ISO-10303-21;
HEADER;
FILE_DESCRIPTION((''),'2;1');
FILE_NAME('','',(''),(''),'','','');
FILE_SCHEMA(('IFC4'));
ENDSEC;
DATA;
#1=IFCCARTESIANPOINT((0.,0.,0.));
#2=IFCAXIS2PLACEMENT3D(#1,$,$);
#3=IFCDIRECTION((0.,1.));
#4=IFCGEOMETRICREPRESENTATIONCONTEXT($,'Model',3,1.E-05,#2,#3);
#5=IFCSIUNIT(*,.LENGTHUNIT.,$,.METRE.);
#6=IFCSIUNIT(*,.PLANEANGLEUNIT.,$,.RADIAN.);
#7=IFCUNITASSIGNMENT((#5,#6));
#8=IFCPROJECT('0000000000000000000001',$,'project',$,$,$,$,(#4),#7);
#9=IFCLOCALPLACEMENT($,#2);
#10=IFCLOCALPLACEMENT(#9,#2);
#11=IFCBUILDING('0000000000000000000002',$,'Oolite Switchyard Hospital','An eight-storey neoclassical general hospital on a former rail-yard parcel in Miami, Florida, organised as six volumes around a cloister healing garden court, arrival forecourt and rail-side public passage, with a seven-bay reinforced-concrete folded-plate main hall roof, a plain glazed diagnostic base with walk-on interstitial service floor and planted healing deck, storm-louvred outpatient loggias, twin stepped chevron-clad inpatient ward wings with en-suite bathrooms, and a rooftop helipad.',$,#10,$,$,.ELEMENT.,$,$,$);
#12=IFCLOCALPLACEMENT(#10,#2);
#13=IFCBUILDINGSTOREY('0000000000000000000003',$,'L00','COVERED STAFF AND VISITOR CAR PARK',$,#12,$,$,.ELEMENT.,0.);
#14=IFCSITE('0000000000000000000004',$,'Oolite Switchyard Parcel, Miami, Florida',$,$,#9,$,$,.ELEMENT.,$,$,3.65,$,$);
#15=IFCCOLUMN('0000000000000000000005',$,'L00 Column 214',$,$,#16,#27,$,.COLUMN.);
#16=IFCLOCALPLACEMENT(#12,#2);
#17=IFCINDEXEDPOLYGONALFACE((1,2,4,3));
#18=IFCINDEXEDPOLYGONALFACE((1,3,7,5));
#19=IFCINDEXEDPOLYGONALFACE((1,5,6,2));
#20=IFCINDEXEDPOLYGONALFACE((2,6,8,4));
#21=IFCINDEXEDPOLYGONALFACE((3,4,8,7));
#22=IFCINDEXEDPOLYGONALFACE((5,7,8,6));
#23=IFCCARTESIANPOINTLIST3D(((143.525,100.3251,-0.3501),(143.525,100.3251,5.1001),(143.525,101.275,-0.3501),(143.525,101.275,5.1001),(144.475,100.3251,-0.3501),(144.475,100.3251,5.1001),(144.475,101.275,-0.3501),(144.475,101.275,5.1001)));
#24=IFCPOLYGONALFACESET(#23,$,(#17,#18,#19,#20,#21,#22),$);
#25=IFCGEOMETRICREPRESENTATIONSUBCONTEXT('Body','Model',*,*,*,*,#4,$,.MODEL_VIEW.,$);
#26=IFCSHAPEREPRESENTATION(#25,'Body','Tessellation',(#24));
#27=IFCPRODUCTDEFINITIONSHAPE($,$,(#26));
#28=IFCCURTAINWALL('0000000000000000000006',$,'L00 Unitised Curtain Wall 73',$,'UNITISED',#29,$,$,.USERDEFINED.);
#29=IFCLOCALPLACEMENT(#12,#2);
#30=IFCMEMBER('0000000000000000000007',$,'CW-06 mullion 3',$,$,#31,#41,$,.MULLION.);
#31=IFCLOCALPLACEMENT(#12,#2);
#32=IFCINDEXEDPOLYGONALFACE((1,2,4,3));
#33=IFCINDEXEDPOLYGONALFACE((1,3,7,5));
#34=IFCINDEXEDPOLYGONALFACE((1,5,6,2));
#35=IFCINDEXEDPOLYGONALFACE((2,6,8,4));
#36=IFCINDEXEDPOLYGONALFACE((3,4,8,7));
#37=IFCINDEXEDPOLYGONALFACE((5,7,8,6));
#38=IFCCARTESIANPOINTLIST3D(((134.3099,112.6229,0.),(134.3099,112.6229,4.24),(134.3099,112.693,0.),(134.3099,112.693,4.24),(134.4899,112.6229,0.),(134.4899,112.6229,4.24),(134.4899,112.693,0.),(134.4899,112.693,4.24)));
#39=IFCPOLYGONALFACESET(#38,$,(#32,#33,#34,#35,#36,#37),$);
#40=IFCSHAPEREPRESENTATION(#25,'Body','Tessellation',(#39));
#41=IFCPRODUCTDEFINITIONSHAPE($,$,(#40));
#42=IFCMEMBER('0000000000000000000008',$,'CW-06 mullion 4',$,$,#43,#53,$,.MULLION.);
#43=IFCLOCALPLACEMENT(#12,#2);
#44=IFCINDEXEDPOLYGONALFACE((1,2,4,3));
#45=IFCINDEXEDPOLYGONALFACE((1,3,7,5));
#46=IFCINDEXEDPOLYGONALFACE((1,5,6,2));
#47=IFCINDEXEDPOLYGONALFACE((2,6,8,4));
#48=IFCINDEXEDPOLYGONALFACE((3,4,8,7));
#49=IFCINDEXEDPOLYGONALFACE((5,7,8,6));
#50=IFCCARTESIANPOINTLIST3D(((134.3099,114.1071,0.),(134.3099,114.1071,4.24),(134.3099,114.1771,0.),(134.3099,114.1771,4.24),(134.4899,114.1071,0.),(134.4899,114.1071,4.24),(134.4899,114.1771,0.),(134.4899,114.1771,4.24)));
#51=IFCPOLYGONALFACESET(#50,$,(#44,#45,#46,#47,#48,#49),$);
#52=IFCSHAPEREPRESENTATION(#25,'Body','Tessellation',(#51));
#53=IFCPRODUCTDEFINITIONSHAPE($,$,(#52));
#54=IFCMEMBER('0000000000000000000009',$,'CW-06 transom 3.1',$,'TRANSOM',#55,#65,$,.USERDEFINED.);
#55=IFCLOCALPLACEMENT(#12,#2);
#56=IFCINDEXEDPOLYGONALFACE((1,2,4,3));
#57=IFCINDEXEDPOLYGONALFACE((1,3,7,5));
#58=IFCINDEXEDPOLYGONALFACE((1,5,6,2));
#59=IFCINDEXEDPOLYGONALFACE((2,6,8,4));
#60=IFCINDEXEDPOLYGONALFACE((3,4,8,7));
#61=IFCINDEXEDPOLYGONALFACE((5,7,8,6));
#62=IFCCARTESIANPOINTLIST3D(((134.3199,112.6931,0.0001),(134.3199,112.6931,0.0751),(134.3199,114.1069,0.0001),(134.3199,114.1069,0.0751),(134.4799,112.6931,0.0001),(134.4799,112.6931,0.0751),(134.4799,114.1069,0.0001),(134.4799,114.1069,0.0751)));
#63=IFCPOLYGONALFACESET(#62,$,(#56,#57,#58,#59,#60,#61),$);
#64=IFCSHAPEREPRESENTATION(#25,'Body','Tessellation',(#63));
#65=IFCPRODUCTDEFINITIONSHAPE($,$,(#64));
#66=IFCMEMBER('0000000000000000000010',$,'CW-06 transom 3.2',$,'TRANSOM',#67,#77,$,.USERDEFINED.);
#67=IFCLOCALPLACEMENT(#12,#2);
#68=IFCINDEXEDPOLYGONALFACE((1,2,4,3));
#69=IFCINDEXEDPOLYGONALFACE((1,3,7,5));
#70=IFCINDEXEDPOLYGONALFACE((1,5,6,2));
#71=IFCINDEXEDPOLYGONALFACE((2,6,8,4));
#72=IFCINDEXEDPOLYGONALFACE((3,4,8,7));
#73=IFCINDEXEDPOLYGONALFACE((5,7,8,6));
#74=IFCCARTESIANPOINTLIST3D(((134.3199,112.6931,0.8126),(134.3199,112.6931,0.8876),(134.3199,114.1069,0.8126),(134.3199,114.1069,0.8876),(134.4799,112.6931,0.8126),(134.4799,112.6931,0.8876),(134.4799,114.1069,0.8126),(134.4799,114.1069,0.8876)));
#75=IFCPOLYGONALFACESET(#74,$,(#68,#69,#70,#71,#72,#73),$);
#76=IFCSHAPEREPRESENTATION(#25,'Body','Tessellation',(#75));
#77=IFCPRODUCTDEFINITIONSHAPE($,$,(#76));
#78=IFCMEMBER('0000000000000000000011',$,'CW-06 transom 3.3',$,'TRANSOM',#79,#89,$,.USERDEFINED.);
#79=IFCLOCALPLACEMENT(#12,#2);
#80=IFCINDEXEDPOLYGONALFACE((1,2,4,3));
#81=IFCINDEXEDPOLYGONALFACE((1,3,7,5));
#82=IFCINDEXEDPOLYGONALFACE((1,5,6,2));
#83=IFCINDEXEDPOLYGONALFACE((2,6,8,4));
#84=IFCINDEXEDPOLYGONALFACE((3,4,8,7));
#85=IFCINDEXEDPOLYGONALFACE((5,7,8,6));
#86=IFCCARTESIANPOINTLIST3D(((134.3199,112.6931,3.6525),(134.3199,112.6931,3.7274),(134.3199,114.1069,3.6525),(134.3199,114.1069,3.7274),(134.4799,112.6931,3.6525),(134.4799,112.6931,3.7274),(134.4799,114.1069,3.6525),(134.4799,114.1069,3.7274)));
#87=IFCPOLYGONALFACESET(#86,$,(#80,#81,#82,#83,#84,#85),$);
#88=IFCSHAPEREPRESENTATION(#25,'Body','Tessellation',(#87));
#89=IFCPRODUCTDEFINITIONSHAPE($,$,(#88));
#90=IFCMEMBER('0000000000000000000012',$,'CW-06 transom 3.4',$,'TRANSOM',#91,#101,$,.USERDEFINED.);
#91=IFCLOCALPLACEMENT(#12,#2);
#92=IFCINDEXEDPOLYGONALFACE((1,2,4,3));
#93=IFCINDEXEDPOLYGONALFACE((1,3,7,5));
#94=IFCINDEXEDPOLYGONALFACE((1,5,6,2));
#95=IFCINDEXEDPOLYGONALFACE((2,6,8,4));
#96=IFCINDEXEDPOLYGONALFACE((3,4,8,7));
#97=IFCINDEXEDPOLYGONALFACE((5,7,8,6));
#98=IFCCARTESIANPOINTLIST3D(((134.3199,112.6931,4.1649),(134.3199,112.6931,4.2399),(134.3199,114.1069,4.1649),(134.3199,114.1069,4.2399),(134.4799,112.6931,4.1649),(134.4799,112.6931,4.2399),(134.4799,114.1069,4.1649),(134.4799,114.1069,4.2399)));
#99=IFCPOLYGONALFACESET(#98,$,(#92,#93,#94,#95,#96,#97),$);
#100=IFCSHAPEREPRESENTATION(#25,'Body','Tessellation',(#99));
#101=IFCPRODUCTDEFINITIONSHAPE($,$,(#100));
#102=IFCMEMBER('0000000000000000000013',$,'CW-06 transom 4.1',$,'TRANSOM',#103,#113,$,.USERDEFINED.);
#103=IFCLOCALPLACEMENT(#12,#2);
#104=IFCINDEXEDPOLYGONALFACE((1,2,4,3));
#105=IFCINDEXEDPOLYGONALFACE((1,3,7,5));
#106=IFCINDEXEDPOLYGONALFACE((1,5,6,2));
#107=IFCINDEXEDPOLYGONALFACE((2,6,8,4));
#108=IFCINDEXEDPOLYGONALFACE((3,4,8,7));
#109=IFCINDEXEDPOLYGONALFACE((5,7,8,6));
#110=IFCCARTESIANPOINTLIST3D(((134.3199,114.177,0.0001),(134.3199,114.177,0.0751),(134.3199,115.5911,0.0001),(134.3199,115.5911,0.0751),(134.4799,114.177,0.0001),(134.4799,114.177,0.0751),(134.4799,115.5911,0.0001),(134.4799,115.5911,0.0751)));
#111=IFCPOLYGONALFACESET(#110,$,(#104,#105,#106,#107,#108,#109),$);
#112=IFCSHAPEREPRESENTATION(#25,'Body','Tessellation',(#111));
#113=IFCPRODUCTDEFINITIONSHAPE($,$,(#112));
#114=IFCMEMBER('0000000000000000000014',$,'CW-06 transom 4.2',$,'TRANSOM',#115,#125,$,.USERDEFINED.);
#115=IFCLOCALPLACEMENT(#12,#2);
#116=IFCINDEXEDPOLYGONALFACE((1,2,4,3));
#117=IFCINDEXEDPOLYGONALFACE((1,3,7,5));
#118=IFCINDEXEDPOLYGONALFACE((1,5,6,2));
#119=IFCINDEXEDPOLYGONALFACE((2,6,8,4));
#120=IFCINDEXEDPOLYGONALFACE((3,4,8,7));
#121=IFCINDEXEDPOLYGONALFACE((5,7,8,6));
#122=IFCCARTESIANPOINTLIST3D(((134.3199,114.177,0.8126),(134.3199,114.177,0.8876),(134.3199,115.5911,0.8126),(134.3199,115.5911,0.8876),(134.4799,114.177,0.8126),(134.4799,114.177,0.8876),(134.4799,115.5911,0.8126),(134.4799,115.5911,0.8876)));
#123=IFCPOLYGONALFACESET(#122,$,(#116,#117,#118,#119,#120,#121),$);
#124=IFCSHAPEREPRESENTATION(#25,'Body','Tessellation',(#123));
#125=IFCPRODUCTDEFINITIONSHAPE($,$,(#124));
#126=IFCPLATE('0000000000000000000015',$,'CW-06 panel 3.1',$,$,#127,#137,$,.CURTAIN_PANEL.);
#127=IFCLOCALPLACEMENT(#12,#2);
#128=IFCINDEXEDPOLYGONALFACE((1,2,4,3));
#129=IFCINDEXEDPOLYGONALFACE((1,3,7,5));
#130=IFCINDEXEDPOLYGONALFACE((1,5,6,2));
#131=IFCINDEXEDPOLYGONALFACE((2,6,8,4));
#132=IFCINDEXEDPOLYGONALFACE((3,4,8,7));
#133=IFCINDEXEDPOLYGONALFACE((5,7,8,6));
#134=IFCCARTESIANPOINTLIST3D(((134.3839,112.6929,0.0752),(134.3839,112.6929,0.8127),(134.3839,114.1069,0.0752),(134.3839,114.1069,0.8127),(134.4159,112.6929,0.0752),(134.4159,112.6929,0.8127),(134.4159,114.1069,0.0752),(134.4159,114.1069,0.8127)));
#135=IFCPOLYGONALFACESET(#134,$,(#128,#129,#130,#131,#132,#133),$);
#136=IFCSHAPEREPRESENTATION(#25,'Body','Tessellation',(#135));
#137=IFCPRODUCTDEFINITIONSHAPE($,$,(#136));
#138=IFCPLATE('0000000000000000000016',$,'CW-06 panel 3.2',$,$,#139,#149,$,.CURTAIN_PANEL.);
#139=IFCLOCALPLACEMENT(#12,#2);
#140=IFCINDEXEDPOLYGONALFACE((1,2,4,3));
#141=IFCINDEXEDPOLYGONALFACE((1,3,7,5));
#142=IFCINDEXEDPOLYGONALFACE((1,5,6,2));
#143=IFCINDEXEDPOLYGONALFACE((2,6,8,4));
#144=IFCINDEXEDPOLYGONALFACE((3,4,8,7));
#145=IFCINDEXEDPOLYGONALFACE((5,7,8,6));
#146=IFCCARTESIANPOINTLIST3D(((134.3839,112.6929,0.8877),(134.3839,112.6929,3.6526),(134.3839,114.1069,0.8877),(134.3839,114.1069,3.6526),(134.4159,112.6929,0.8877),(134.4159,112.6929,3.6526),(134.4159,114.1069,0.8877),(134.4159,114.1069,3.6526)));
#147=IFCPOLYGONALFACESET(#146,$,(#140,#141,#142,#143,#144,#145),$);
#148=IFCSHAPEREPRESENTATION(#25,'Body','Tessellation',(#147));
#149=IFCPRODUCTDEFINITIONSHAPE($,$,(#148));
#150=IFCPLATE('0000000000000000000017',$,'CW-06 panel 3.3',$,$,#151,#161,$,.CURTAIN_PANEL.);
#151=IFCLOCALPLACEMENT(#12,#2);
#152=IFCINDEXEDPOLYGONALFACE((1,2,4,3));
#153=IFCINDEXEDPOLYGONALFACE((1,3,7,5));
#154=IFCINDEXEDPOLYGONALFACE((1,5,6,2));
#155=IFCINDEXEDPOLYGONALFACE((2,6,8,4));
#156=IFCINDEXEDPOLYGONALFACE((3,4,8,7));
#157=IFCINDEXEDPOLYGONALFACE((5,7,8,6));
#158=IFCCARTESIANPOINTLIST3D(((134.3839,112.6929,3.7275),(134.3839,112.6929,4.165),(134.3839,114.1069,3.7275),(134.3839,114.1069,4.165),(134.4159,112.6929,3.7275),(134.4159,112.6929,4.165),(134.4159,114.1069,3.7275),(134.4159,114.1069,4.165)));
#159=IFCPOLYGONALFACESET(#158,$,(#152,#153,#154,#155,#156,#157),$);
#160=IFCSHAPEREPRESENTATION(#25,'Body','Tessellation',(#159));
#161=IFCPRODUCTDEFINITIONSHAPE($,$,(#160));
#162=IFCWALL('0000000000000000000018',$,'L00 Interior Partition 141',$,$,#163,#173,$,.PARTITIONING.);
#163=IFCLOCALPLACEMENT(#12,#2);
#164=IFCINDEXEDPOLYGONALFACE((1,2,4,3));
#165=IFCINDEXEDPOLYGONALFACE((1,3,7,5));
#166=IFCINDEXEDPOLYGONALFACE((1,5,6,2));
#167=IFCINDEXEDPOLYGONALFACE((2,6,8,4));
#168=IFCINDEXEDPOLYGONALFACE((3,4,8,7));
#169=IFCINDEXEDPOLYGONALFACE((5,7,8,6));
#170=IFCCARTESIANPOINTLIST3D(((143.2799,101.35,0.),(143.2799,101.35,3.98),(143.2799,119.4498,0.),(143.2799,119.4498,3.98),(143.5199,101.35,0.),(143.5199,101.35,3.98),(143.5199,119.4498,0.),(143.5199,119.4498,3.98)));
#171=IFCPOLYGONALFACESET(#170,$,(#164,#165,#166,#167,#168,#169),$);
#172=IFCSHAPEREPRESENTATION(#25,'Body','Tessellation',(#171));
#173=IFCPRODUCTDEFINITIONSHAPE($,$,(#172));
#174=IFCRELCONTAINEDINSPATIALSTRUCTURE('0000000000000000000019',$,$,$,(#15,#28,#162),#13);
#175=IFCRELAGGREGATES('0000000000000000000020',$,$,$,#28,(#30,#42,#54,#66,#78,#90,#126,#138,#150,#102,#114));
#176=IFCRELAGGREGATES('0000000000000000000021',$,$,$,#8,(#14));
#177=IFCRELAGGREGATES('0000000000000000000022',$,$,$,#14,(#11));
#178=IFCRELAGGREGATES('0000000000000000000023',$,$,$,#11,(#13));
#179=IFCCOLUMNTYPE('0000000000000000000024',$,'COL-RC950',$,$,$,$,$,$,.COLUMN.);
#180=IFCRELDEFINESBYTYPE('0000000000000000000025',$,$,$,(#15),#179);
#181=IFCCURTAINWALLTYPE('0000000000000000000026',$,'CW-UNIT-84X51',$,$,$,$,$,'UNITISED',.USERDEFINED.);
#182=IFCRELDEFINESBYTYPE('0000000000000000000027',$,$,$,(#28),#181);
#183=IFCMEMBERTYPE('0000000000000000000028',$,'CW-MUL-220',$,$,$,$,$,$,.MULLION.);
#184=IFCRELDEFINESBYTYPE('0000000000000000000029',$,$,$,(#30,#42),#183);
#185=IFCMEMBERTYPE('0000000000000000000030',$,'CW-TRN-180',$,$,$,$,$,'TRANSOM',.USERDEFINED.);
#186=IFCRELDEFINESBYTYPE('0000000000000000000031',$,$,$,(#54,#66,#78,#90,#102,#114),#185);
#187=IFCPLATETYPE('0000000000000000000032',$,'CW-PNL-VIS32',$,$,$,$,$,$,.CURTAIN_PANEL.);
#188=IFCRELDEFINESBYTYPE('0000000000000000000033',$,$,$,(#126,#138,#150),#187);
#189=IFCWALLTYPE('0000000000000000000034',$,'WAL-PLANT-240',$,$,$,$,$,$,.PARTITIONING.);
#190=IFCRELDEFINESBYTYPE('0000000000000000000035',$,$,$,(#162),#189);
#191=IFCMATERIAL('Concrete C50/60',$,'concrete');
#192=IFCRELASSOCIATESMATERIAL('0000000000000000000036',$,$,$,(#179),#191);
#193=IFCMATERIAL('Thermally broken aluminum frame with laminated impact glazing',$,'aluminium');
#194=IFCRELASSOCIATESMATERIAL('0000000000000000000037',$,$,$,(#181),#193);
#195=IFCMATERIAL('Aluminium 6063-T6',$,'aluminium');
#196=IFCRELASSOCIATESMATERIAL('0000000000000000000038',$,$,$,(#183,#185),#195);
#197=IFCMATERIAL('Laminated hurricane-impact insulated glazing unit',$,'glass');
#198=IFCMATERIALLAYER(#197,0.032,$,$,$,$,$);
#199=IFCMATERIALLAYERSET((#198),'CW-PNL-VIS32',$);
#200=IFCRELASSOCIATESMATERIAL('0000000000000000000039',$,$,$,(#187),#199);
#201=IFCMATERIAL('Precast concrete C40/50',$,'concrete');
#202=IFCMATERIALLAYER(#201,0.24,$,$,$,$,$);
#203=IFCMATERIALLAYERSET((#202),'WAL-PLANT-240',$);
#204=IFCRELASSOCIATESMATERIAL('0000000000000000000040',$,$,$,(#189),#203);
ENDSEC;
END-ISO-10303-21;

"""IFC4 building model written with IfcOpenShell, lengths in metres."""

from ifc_helpers import new_model, si_unit, direction, frame, frame_2d, origin, origin_2d, place, context, subcontext, project, spatial, rectangle, extrude, material, layer, layer_set, material_profile, profile_set, type_object, element, aggregate, save


model = new_model("IFC4")

# Units and contexts
model_context = context("Model", 3, precision=1e-05, world=origin(), true_north=direction((0.0, 1.0)))
body_context = subcontext(model_context, "Body", "Model", "MODEL_VIEW")
ifc_project = project(units=[si_unit("LENGTHUNIT", "METRE"), si_unit("PLANEANGLEUNIT", "RADIAN")], contexts=[model_context])

# Site, building, storey
site_placement = place(None, origin())
site = spatial("IfcSite", under=ifc_project, at=site_placement, Name="Oolite Switchyard Parcel, Miami, Florida", CompositionType="ELEMENT", RefElevation=3.65)
building_placement = place(site_placement, origin())
building = spatial("IfcBuilding", under=site, at=building_placement, Name="Oolite Switchyard Hospital", Description="An eight-storey neoclassical general hospital on a former rail-yard parcel in Miami, Florida, organised as six volumes around a cloister healing garden court, arrival forecourt and rail-side public passage, with a seven-bay reinforced-concrete folded-plate main hall roof, a plain glazed diagnostic base with walk-on interstitial service floor and planted healing deck, storm-louvred outpatient loggias, twin stepped chevron-clad inpatient ward wings with en-suite bathrooms, and a rooftop helipad.", CompositionType="ELEMENT")
storey_placement = place(building_placement, origin())
storey = spatial("IfcBuildingStorey", under=building, at=storey_placement, Name="L00", Description="COVERED STAFF AND VISITOR CAR PARK", CompositionType="ELEMENT", Elevation=0.0)

# Column
ifc_material_1 = material(Name="Concrete C50/60", Category="concrete")
ifc_material_profile_1 = material_profile(ifc_material_1, rectangle(XDim=0.95, YDim=0.95, at=origin_2d()), Name="RC950X950")
ifc_profile_set_1 = profile_set([ifc_material_profile_1], Name="Concrete C50/60")
column_type = type_object("IfcColumnType", Name="COL-RC950", PredefinedType="COLUMN", material=ifc_profile_set_1)
column_placement = place(storey_placement, frame((144.0, 100.8, -0.3501), z_axis=(0.0, 0.0, 1.0), x_axis=(1.0, 0.0, 0.0)))
element("IfcColumn", 1, at=column_placement, inside=storey, type_object=column_type, Name="L00 Column 214", PredefinedType="COLUMN", context=body_context, shape_type="SweptSolid", body=[
    extrude(rectangle(XDim=0.95, YDim=0.95, at=origin_2d()), origin(), (0.0, 0.0, 1.0), 5.4502),
])

# Curtain wall, members, plates
ifc_material_2 = material(Name="Thermally broken aluminum frame with laminated impact glazing", Category="aluminium")
curtain_wall_type = type_object("IfcCurtainWallType", Name="CW-UNIT-84X51", ElementType="UNITISED", PredefinedType="USERDEFINED", material=ifc_material_2)
curtain_wall_placement = place(storey_placement, origin())
curtain_wall = element("IfcCurtainWall", 2, at=curtain_wall_placement, inside=storey, type_object=curtain_wall_type, Name="L00 Unitised Curtain Wall 73", ObjectType="UNITISED", PredefinedType="USERDEFINED")
ifc_material_3 = material(Name="Aluminium 6063-T6", Category="aluminium")
ifc_material_profile_2 = material_profile(ifc_material_3, rectangle(XDim=0.1799, YDim=0.0701, at=origin_2d()), Name="CWM70X180")
ifc_profile_set_2 = profile_set([ifc_material_profile_2], Name="Aluminium 6063-T6")
member_type_1 = type_object("IfcMemberType", Name="CW-MUL-220", PredefinedType="MULLION", material=ifc_profile_set_2)
member_1_placement = place(storey_placement, frame((134.3999, 112.658, 0.0), z_axis=(0.0, 0.0, 1.0), x_axis=(-1.0, 0.0, 0.0)))
member_1 = element("IfcMember", 3, at=member_1_placement, type_object=member_type_1, Name="CW-06 mullion 3", PredefinedType="MULLION", context=body_context, shape_type="SweptSolid", body=[
    extrude(rectangle(XDim=0.1799, YDim=0.0701, at=origin_2d()), origin(), (0.0, 0.0, 1.0), 4.24),
])
member_2_placement = place(storey_placement, frame((134.3999, 114.1421, 0.0), z_axis=(0.0, 0.0, 1.0), x_axis=(-1.0, 0.0, 0.0)))
member_2 = element("IfcMember", 4, at=member_2_placement, type_object=member_type_1, Name="CW-06 mullion 4", PredefinedType="MULLION", context=body_context, shape_type="SweptSolid", body=[
    extrude(rectangle(XDim=0.1799, YDim=0.0701, at=origin_2d()), origin(), (0.0, 0.0, 1.0), 4.24),
])
ifc_material_profile_3 = material_profile(ifc_material_3, rectangle(XDim=0.1599, YDim=0.075, at=origin_2d()), Name="CWT75X160")
ifc_profile_set_3 = profile_set([ifc_material_profile_3], Name="Aluminium 6063-T6")
member_type_2 = type_object("IfcMemberType", Name="CW-TRN-180", ElementType="TRANSOM", PredefinedType="USERDEFINED", material=ifc_profile_set_3)
member_3_placement = place(storey_placement, frame((134.3999, 112.6931, 0.0376), z_axis=(0.0, 1.0, 0.0), x_axis=(-1.0, 0.0, 0.0)))
member_3 = element("IfcMember", 5, at=member_3_placement, type_object=member_type_2, Name="CW-06 transom 3.1", ObjectType="TRANSOM", PredefinedType="USERDEFINED", context=body_context, shape_type="SweptSolid", body=[
    extrude(rectangle(XDim=0.1599, YDim=0.075, at=origin_2d()), origin(), (0.0, 0.0, 1.0), 1.4138),
])
member_4_placement = place(storey_placement, frame((134.3999, 112.6931, 0.8501), z_axis=(0.0, 1.0, 0.0), x_axis=(-1.0, 0.0, 0.0)))
member_4 = element("IfcMember", 6, at=member_4_placement, type_object=member_type_2, Name="CW-06 transom 3.2", ObjectType="TRANSOM", PredefinedType="USERDEFINED", context=body_context, shape_type="SweptSolid", body=[
    extrude(rectangle(XDim=0.1599, YDim=0.075, at=origin_2d()), origin(), (0.0, 0.0, 1.0), 1.4138),
])
member_5_placement = place(storey_placement, frame((134.3999, 112.6931, 3.6899), z_axis=(0.0, 1.0, 0.0), x_axis=(-1.0, 0.0, 0.0)))
member_5 = element("IfcMember", 7, at=member_5_placement, type_object=member_type_2, Name="CW-06 transom 3.3", ObjectType="TRANSOM", PredefinedType="USERDEFINED", context=body_context, shape_type="SweptSolid", body=[
    extrude(rectangle(XDim=0.1599, YDim=0.075, at=origin_2d()), origin(), (0.0, 0.0, 1.0), 1.4138),
])
member_6_placement = place(storey_placement, frame((134.3999, 112.6931, 4.2024), z_axis=(0.0, 1.0, 0.0), x_axis=(-1.0, 0.0, 0.0)))
member_6 = element("IfcMember", 8, at=member_6_placement, type_object=member_type_2, Name="CW-06 transom 3.4", ObjectType="TRANSOM", PredefinedType="USERDEFINED", context=body_context, shape_type="SweptSolid", body=[
    extrude(rectangle(XDim=0.1599, YDim=0.075, at=origin_2d()), origin(), (0.0, 0.0, 1.0), 1.4138),
])
member_7_placement = place(storey_placement, frame((134.3999, 114.177, 0.0376), z_axis=(0.0, 1.0, 0.0), x_axis=(-1.0, 0.0, 0.0)))
member_7 = element("IfcMember", 9, at=member_7_placement, type_object=member_type_2, Name="CW-06 transom 4.1", ObjectType="TRANSOM", PredefinedType="USERDEFINED", context=body_context, shape_type="SweptSolid", body=[
    extrude(rectangle(XDim=0.1599, YDim=0.075, at=origin_2d()), origin(), (0.0, 0.0, 1.0), 1.4141),
])
member_8_placement = place(storey_placement, frame((134.3999, 114.177, 0.8501), z_axis=(0.0, 1.0, 0.0), x_axis=(-1.0, 0.0, 0.0)))
member_8 = element("IfcMember", 10, at=member_8_placement, type_object=member_type_2, Name="CW-06 transom 4.2", ObjectType="TRANSOM", PredefinedType="USERDEFINED", context=body_context, shape_type="SweptSolid", body=[
    extrude(rectangle(XDim=0.1599, YDim=0.075, at=origin_2d()), origin(), (0.0, 0.0, 1.0), 1.4141),
])
ifc_material_4 = material(Name="Laminated hurricane-impact insulated glazing unit", Category="glass")
ifc_layer_1 = layer(ifc_material_4, 0.032)
ifc_layer_set_1 = layer_set([ifc_layer_1], Name="CW-PNL-VIS32")
plate_type = type_object("IfcPlateType", Name="CW-PNL-VIS32", PredefinedType="CURTAIN_PANEL", material=ifc_layer_set_1)
plate_1_placement = place(storey_placement, frame((134.3999, 113.3999, 0.0752), z_axis=(0.0, 0.0, 1.0), x_axis=(0.0, 1.0, 0.0)))
plate_1 = element("IfcPlate", 11, at=plate_1_placement, type_object=plate_type, Name="CW-06 panel 3.1", PredefinedType="CURTAIN_PANEL", context=body_context, shape_type="SweptSolid", body=[
    extrude(rectangle(XDim=1.4141, YDim=0.032, at=origin_2d()), origin(), (0.0, 0.0, 1.0), 0.7375),
])
plate_2_placement = place(storey_placement, frame((134.3999, 113.3999, 0.8877), z_axis=(0.0, 0.0, 1.0), x_axis=(0.0, 1.0, 0.0)))
plate_2 = element("IfcPlate", 12, at=plate_2_placement, type_object=plate_type, Name="CW-06 panel 3.2", PredefinedType="CURTAIN_PANEL", context=body_context, shape_type="SweptSolid", body=[
    extrude(rectangle(XDim=1.4141, YDim=0.032, at=origin_2d()), origin(), (0.0, 0.0, 1.0), 2.7649),
])
plate_3_placement = place(storey_placement, frame((134.3999, 113.3999, 3.7275), z_axis=(0.0, 0.0, 1.0), x_axis=(0.0, 1.0, 0.0)))
plate_3 = element("IfcPlate", 13, at=plate_3_placement, type_object=plate_type, Name="CW-06 panel 3.3", PredefinedType="CURTAIN_PANEL", context=body_context, shape_type="SweptSolid", body=[
    extrude(rectangle(XDim=1.4141, YDim=0.032, at=origin_2d()), origin(), (0.0, 0.0, 1.0), 0.4375),
])
aggregate(curtain_wall, [member_1, member_2, member_3, member_4, member_5, member_6, plate_1, plate_2, plate_3, member_7, member_8])

# Wall
ifc_material_5 = material(Name="Precast concrete C40/50", Category="concrete")
ifc_layer_2 = layer(ifc_material_5, 0.24)
ifc_layer_set_2 = layer_set([ifc_layer_2], Name="WAL-PLANT-240")
wall_type = type_object("IfcWallType", Name="WAL-PLANT-240", PredefinedType="PARTITIONING", material=ifc_layer_set_2)
wall_placement = place(storey_placement, frame((143.3999, 101.3501, 0.0), z_axis=(0.0, 0.0, 1.0), x_axis=(0.0, 1.0, 0.0)))
element("IfcWall", 14, at=wall_placement, inside=storey, type_object=wall_type, Name="L00 Interior Partition 141", PredefinedType="PARTITIONING", context=body_context, shape_type="SweptSolid", body=[
    extrude(rectangle(XDim=18.0999, YDim=0.24, at=frame_2d((9.0498, 0.0))), origin(), (0.0, 0.0, 1.0), 3.98),
])

save(model, "model.ifc")
